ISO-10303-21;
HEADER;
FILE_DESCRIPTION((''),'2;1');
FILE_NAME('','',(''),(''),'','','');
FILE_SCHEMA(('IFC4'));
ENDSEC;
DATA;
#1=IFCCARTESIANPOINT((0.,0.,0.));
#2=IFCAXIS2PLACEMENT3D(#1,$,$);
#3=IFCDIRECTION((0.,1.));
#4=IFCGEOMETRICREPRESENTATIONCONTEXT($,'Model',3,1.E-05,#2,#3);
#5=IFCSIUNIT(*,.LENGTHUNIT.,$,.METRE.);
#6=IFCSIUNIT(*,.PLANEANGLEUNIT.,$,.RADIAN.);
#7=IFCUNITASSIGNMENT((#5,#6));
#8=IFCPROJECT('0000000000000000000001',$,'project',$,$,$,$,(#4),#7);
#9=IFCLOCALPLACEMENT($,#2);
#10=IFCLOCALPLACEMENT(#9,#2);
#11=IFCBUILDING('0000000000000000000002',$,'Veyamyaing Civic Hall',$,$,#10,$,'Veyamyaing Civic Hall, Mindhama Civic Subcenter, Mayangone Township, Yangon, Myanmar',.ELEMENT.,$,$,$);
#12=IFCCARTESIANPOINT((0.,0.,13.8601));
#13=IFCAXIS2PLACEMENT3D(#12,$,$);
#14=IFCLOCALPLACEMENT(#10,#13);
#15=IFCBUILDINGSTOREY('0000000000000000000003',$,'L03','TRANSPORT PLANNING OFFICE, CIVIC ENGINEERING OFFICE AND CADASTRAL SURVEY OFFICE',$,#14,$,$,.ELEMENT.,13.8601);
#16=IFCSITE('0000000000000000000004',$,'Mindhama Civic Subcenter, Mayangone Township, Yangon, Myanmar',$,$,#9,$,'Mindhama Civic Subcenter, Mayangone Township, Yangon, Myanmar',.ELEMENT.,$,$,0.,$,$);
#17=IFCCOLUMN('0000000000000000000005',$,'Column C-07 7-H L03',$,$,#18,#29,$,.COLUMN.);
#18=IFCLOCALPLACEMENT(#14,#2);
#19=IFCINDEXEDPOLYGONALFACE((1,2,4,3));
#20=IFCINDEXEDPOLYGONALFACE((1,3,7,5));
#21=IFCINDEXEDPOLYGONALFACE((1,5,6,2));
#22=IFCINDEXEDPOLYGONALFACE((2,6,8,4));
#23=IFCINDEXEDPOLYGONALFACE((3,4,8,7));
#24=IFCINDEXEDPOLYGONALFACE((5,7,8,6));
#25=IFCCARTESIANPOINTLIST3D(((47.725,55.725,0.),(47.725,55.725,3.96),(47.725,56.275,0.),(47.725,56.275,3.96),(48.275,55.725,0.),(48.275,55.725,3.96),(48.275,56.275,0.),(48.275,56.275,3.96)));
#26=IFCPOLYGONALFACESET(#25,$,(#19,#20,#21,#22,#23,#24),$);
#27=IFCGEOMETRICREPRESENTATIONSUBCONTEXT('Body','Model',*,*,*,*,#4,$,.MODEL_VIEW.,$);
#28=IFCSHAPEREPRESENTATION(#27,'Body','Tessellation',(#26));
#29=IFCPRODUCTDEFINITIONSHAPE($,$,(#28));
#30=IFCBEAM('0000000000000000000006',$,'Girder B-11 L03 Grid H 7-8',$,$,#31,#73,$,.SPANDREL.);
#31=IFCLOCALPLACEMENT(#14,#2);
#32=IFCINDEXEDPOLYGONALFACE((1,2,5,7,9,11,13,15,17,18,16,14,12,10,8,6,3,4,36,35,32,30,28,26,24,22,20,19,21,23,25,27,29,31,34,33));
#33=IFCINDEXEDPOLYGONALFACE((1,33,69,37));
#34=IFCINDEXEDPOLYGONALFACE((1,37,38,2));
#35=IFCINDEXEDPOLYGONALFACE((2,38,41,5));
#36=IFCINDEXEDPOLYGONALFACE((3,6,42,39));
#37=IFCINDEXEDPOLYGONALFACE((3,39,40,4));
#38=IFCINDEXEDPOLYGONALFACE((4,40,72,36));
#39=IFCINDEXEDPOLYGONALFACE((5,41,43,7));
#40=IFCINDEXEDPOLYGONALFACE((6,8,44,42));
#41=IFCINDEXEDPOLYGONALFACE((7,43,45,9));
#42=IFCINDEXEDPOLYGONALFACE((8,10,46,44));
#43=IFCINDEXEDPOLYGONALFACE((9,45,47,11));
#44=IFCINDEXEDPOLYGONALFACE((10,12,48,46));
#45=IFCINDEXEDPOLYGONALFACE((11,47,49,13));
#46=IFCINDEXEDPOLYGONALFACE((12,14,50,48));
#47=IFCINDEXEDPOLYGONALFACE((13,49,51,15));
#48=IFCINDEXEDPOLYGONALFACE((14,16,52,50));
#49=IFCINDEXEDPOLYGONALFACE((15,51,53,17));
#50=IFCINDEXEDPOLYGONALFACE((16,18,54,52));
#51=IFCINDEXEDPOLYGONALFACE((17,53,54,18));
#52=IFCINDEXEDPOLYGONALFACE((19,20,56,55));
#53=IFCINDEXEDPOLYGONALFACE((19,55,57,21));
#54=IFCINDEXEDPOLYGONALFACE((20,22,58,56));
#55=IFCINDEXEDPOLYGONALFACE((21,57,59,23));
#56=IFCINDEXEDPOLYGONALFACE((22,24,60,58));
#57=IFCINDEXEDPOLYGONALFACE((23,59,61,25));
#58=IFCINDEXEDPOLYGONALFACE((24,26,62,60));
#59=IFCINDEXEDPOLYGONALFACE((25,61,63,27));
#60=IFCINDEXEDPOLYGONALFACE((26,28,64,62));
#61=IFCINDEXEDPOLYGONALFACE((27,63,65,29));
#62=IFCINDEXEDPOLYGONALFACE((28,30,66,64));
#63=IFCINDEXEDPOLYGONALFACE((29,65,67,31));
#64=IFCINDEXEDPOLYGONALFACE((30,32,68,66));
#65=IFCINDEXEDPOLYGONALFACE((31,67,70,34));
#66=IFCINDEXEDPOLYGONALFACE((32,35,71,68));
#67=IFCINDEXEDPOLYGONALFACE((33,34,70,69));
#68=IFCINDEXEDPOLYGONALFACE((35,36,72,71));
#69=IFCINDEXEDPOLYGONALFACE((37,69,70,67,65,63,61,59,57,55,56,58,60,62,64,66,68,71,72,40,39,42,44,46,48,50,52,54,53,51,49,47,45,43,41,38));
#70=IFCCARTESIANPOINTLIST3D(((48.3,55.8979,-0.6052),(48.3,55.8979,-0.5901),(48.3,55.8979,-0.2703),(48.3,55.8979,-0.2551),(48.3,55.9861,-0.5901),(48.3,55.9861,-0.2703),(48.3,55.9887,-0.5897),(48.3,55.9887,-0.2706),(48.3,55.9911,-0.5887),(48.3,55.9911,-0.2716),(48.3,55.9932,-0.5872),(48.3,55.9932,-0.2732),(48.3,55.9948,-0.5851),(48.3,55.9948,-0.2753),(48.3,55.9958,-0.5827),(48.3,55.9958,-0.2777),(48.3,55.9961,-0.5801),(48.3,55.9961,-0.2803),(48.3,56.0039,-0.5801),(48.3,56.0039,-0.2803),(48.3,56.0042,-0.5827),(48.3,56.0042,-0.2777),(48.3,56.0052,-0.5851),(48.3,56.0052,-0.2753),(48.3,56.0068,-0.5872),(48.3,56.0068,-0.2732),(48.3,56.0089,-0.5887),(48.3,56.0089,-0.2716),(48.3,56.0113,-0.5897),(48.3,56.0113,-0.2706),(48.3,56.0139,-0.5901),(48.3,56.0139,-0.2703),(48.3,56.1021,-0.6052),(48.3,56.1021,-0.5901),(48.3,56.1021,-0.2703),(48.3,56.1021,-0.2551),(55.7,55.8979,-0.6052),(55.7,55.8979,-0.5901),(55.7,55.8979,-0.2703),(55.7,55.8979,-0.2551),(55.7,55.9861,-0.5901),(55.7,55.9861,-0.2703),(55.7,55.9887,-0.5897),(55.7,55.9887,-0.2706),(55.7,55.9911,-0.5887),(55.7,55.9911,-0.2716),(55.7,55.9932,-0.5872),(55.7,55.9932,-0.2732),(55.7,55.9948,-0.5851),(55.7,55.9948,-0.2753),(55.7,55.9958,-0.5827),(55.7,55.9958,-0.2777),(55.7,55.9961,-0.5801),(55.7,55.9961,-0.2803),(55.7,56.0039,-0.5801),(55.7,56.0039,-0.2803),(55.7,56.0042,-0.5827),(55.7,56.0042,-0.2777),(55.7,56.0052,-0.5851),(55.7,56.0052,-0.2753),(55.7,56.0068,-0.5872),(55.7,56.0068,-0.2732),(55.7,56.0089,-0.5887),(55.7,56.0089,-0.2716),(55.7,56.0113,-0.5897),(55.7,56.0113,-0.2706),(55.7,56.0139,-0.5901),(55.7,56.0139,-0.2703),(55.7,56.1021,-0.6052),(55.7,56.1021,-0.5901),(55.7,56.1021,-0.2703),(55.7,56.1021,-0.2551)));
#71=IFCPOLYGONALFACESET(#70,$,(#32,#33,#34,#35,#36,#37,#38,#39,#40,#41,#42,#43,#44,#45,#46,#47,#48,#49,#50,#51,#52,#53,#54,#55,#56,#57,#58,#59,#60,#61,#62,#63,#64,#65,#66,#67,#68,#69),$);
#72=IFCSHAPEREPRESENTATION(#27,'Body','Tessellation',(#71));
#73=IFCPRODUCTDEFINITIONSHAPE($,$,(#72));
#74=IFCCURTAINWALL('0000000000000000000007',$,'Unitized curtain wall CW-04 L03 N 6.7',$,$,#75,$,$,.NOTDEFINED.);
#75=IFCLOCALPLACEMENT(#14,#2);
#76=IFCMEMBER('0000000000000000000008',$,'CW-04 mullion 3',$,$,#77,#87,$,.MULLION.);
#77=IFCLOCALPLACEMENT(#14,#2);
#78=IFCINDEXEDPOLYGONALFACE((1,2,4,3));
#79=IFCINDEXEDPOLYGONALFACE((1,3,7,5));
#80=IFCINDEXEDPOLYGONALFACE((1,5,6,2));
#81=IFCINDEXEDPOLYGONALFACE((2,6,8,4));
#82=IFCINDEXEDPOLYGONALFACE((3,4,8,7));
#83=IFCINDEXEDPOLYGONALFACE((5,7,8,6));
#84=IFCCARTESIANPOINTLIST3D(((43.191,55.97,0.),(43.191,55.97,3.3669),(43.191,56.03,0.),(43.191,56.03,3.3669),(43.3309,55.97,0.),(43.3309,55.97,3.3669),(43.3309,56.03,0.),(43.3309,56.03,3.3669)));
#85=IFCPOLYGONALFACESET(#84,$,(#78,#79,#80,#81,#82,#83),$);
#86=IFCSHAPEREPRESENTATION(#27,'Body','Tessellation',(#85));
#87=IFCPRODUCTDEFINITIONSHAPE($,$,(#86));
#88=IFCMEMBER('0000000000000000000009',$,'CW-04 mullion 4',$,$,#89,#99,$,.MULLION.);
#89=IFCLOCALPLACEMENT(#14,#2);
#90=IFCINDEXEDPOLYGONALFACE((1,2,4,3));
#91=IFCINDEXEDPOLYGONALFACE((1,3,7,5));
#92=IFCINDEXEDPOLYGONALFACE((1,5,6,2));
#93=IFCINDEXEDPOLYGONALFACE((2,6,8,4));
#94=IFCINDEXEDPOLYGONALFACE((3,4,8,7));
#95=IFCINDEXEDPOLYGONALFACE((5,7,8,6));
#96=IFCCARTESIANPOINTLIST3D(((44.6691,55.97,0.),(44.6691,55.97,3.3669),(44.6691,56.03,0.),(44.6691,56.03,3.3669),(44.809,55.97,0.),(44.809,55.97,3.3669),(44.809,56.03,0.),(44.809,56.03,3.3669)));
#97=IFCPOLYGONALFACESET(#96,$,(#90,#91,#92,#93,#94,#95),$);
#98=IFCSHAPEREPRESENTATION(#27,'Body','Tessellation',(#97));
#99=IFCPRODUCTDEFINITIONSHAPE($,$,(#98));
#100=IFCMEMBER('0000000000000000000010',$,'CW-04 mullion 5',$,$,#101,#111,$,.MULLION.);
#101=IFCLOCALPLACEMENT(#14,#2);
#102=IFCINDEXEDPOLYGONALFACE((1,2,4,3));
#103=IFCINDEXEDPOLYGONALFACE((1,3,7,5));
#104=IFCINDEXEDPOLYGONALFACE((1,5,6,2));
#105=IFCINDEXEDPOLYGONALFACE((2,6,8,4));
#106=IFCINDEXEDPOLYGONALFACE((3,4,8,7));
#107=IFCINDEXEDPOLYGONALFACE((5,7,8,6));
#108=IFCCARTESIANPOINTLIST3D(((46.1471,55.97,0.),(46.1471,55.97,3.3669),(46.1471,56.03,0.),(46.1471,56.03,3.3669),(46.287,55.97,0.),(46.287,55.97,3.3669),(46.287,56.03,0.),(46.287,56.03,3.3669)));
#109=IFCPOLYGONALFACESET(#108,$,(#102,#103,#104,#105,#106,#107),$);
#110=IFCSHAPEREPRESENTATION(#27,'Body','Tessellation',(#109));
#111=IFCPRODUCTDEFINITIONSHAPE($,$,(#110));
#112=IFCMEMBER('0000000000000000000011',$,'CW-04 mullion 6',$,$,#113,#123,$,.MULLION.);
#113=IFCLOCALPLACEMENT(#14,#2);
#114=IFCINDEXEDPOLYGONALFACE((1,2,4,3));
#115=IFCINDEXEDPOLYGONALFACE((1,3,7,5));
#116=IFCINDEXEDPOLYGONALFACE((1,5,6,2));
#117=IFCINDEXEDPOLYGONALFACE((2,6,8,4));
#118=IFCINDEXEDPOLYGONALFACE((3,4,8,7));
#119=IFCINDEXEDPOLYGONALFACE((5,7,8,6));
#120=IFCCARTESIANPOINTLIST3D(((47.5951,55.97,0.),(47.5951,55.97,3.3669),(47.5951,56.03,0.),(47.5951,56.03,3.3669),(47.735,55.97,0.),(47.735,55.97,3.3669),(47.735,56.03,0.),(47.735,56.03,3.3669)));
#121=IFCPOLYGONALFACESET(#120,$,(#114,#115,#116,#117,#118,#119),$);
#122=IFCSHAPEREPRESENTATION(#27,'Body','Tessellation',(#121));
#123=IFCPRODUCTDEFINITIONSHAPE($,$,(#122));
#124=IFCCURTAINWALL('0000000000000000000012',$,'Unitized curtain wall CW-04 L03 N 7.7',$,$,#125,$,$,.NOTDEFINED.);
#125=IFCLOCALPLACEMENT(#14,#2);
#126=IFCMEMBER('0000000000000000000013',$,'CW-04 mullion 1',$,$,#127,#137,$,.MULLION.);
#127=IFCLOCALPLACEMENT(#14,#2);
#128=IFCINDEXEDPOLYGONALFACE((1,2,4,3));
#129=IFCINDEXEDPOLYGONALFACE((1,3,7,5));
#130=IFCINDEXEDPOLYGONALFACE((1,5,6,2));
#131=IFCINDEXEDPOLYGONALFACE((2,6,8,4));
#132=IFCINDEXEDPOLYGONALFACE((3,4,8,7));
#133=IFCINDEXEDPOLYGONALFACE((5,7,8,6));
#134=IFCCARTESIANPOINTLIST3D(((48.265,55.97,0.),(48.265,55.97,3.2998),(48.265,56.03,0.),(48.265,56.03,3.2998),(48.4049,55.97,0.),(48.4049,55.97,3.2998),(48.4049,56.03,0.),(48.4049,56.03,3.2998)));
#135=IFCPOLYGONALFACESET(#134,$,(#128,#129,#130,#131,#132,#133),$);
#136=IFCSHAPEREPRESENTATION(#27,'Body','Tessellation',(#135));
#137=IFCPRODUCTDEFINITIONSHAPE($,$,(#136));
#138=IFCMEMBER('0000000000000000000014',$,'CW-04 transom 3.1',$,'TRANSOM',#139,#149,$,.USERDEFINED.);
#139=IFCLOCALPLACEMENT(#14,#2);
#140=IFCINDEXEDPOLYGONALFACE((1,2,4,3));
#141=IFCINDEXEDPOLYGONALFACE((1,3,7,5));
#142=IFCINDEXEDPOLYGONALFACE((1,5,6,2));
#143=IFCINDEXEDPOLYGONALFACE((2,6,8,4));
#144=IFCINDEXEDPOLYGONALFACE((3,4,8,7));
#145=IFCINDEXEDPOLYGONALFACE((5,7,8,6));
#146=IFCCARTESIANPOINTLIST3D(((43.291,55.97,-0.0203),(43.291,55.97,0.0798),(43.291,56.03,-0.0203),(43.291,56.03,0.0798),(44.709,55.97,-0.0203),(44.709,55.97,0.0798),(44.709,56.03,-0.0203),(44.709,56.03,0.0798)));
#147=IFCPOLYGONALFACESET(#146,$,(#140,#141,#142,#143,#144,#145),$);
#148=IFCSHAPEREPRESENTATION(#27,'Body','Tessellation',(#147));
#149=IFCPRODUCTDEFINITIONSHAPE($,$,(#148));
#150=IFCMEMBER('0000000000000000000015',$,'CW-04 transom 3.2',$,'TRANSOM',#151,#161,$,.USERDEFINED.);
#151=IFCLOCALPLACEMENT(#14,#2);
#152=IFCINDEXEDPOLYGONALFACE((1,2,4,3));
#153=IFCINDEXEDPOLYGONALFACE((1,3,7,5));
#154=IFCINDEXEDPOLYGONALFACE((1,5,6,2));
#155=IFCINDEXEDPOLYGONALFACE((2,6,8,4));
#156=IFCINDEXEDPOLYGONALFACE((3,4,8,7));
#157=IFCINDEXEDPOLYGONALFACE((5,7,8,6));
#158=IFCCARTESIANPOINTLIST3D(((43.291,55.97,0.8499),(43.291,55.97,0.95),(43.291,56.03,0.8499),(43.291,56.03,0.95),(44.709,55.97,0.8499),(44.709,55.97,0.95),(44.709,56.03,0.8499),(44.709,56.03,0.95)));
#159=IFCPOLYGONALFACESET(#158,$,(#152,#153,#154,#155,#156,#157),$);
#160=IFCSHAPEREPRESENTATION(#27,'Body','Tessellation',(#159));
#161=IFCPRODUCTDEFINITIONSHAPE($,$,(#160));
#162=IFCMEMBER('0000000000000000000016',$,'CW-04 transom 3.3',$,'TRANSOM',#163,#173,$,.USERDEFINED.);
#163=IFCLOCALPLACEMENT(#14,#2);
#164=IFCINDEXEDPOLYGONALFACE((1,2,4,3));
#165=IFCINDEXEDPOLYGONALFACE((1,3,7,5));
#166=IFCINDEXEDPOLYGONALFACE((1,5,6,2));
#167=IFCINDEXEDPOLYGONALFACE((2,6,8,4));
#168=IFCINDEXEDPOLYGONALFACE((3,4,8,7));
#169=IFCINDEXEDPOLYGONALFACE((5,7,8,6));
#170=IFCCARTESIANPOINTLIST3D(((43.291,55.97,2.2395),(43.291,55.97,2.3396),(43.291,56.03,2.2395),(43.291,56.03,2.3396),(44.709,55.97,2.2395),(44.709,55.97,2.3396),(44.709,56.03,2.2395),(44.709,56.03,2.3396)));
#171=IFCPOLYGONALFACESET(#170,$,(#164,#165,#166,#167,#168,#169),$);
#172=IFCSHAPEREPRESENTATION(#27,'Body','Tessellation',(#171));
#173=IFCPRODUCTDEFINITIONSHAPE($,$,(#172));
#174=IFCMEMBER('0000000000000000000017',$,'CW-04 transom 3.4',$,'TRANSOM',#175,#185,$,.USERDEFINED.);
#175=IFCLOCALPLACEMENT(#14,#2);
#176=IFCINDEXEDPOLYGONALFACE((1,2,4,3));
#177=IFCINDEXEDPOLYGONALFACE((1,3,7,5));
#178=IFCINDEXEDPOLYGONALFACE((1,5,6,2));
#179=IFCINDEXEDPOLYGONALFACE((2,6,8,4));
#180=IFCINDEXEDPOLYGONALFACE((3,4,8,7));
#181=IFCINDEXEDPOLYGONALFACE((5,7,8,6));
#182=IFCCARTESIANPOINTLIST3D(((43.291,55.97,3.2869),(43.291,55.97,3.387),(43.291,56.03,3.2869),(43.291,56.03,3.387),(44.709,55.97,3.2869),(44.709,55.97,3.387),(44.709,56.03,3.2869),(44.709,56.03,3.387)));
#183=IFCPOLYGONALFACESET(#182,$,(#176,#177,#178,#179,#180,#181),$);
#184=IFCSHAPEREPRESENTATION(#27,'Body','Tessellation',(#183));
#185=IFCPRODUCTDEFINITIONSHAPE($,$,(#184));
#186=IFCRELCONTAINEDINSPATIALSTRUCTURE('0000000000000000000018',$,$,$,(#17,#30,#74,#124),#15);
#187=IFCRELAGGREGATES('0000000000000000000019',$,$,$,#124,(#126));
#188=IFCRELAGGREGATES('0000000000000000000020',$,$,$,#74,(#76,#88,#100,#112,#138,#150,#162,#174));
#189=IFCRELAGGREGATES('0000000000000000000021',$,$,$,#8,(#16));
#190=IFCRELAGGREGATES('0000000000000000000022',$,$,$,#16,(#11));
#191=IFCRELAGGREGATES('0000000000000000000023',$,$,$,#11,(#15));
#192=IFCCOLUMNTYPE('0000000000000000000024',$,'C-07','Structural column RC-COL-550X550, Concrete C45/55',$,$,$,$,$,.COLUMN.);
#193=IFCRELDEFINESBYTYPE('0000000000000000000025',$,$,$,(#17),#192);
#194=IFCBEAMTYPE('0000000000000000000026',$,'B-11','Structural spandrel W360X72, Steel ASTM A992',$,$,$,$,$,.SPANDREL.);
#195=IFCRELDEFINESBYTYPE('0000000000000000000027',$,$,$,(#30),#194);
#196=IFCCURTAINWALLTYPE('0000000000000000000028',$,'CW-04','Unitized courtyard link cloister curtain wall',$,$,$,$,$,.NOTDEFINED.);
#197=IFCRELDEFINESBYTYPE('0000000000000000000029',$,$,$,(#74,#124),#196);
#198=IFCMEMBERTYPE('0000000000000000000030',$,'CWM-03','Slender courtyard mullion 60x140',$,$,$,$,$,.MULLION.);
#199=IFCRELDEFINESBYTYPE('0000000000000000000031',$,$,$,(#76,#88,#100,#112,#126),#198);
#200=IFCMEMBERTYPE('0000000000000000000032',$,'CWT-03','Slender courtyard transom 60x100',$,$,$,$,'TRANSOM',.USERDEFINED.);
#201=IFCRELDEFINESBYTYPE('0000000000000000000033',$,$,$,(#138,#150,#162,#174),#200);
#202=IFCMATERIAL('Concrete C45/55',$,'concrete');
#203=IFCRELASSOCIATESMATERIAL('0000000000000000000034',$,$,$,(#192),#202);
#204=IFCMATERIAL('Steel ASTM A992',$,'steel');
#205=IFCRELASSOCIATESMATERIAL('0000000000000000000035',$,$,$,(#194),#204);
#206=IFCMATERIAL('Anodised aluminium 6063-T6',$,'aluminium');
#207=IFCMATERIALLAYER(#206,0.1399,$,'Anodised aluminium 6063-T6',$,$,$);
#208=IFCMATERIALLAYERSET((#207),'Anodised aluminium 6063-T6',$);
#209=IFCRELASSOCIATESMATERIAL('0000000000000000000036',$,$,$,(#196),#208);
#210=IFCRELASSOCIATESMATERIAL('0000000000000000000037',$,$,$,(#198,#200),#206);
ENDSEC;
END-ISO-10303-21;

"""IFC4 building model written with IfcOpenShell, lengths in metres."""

from ifc_helpers import new_model, si_unit, direction, frame, origin, origin_2d, place, context, subcontext, project, spatial, rectangle, i_section, extrude, material, layer, layer_set, material_profile, profile_set, type_object, element, aggregate, save


model = new_model("IFC4")

# Units and contexts
model_context = context("Model", 3, precision=1e-05, world=origin(), true_north=direction((0.0, 1.0)))
body_context = subcontext(model_context, "Body", "Model", "MODEL_VIEW")
ifc_project = project(units=[si_unit("LENGTHUNIT", "METRE"), si_unit("PLANEANGLEUNIT", "RADIAN")], contexts=[model_context])

# Site, building, storey
site_placement = place(None, origin())
site = spatial("IfcSite", under=ifc_project, at=site_placement, Name="Mindhama Civic Subcenter, Mayangone Township, Yangon, Myanmar", LongName="Mindhama Civic Subcenter, Mayangone Township, Yangon, Myanmar", CompositionType="ELEMENT", RefElevation=0.0)
building_placement = place(site_placement, origin())
building = spatial("IfcBuilding", under=site, at=building_placement, Name="Veyamyaing Civic Hall", LongName="Veyamyaing Civic Hall, Mindhama Civic Subcenter, Mayangone Township, Yangon, Myanmar", CompositionType="ELEMENT")
storey_placement = place(building_placement, frame((0.0, 0.0, 13.8601)))
storey = spatial("IfcBuildingStorey", under=building, at=storey_placement, Name="L03", Description="TRANSPORT PLANNING OFFICE, CIVIC ENGINEERING OFFICE AND CADASTRAL SURVEY OFFICE", CompositionType="ELEMENT", Elevation=13.8601)

# Column
ifc_material_1 = material(Name="Concrete C45/55", Category="concrete")
ifc_material_profile_1 = material_profile(ifc_material_1, rectangle(XDim=0.55, YDim=0.55, at=origin_2d()), Name="RC-COL-550X550")
ifc_profile_set_1 = profile_set([ifc_material_profile_1], Name="Concrete C45/55")
column_type = type_object("IfcColumnType", Name="C-07", Description="Structural column RC-COL-550X550, Concrete C45/55", PredefinedType="COLUMN", material=ifc_profile_set_1)
column_placement = place(storey_placement, frame((48.0, 56.0, 0.0), z_axis=(0.0, 0.0, 1.0), x_axis=(1.0, 0.0, 0.0)))
element("IfcColumn", 1, at=column_placement, inside=storey, type_object=column_type, Name="Column C-07 7-H L03", PredefinedType="COLUMN", context=body_context, shape_type="SweptSolid", body=[
    extrude(rectangle(XDim=0.55, YDim=0.55, at=origin_2d()), origin(), (0.0, 0.0, 1.0), 3.96),
])

# Beam
ifc_material_2 = material(Name="Steel ASTM A992", Category="steel")
ifc_material_profile_2 = material_profile(ifc_material_2, i_section(OverallWidth=0.2041, OverallDepth=0.3501, WebThickness=0.0078, FlangeThickness=0.0151, FilletRadius=0.01, at=origin_2d()), Name="W360X72")
ifc_profile_set_2 = profile_set([ifc_material_profile_2], Name="Steel ASTM A992")
beam_type = type_object("IfcBeamType", Name="B-11", Description="Structural spandrel W360X72, Steel ASTM A992", PredefinedType="SPANDREL", material=ifc_profile_set_2)
beam_placement = place(storey_placement, frame((48.3, 56.0, -0.4302), z_axis=(1.0, 0.0, 0.0), x_axis=(0.0, 1.0, 0.0)))
element("IfcBeam", 2, at=beam_placement, inside=storey, type_object=beam_type, Name="Girder B-11 L03 Grid H 7-8", PredefinedType="SPANDREL", context=body_context, shape_type="SweptSolid", body=[
    extrude(i_section(OverallWidth=0.2041, OverallDepth=0.3501, WebThickness=0.0078, FlangeThickness=0.0151, FilletRadius=0.01, at=origin_2d()), origin(), (0.0, 0.0, 1.0), 7.3999),
])

# Curtain wall, members
ifc_material_3 = material(Name="Anodised aluminium 6063-T6", Category="aluminium")
ifc_layer_1 = layer(ifc_material_3, 0.1399, Name="Anodised aluminium 6063-T6")
ifc_layer_set_1 = layer_set([ifc_layer_1], Name="Anodised aluminium 6063-T6")
curtain_wall_type = type_object("IfcCurtainWallType", Name="CW-04", Description="Unitized courtyard link cloister curtain wall", PredefinedType="NOTDEFINED", material=ifc_layer_set_1)
curtain_wall_1_placement = place(storey_placement, origin())
curtain_wall_1 = element("IfcCurtainWall", 3, at=curtain_wall_1_placement, inside=storey, type_object=curtain_wall_type, Name="Unitized curtain wall CW-04 L03 N 6.7", PredefinedType="NOTDEFINED")
ifc_material_profile_3 = material_profile(ifc_material_3, rectangle(XDim=0.0601, YDim=0.1399, at=origin_2d()), Name="ALU-MUL-60X140")
ifc_profile_set_3 = profile_set([ifc_material_profile_3], Name="Anodised aluminium 6063-T6")
member_type_1 = type_object("IfcMemberType", Name="CWM-03", Description="Slender courtyard mullion 60x140", PredefinedType="MULLION", material=ifc_profile_set_3)
member_1_placement = place(storey_placement, frame((43.261, 56.0, 0.0), z_axis=(0.0, 0.0, 1.0), x_axis=(0.0, 1.0, 0.0)))
member_1 = element("IfcMember", 4, at=member_1_placement, type_object=member_type_1, Name="CW-04 mullion 3", PredefinedType="MULLION", context=body_context, shape_type="SweptSolid", body=[
    extrude(rectangle(XDim=0.0601, YDim=0.1399, at=origin_2d()), origin(), (0.0, 0.0, 1.0), 3.3669),
])
member_2_placement = place(storey_placement, frame((44.739, 56.0, 0.0), z_axis=(0.0, 0.0, 1.0), x_axis=(0.0, 1.0, 0.0)))
member_2 = element("IfcMember", 5, at=member_2_placement, type_object=member_type_1, Name="CW-04 mullion 4", PredefinedType="MULLION", context=body_context, shape_type="SweptSolid", body=[
    extrude(rectangle(XDim=0.0601, YDim=0.1399, at=origin_2d()), origin(), (0.0, 0.0, 1.0), 3.3669),
])
member_3_placement = place(storey_placement, frame((46.217, 56.0, 0.0), z_axis=(0.0, 0.0, 1.0), x_axis=(0.0, 1.0, 0.0)))
member_3 = element("IfcMember", 6, at=member_3_placement, type_object=member_type_1, Name="CW-04 mullion 5", PredefinedType="MULLION", context=body_context, shape_type="SweptSolid", body=[
    extrude(rectangle(XDim=0.0601, YDim=0.1399, at=origin_2d()), origin(), (0.0, 0.0, 1.0), 3.3669),
])
member_4_placement = place(storey_placement, frame((47.665, 56.0, 0.0), z_axis=(0.0, 0.0, 1.0), x_axis=(0.0, 1.0, 0.0)))
member_4 = element("IfcMember", 7, at=member_4_placement, type_object=member_type_1, Name="CW-04 mullion 6", PredefinedType="MULLION", context=body_context, shape_type="SweptSolid", body=[
    extrude(rectangle(XDim=0.0601, YDim=0.1399, at=origin_2d()), origin(), (0.0, 0.0, 1.0), 3.3669),
])

# Curtain wall, member
curtain_wall_2_placement = place(storey_placement, origin())
curtain_wall_2 = element("IfcCurtainWall", 8, at=curtain_wall_2_placement, inside=storey, type_object=curtain_wall_type, Name="Unitized curtain wall CW-04 L03 N 7.7", PredefinedType="NOTDEFINED")
member_5_placement = place(storey_placement, frame((48.335, 56.0, 0.0), z_axis=(0.0, 0.0, 1.0), x_axis=(0.0, 1.0, 0.0)))
member_5 = element("IfcMember", 9, at=member_5_placement, type_object=member_type_1, Name="CW-04 mullion 1", PredefinedType="MULLION", context=body_context, shape_type="SweptSolid", body=[
    extrude(rectangle(XDim=0.0601, YDim=0.1399, at=origin_2d()), origin(), (0.0, 0.0, 1.0), 3.2998),
])

# Members
ifc_material_profile_4 = material_profile(ifc_material_3, rectangle(XDim=0.0601, YDim=0.1001, at=origin_2d()), Name="ALU-TRN-60X100")
ifc_profile_set_4 = profile_set([ifc_material_profile_4], Name="Anodised aluminium 6063-T6")
member_type_2 = type_object("IfcMemberType", Name="CWT-03", Description="Slender courtyard transom 60x100", ElementType="TRANSOM", PredefinedType="USERDEFINED", material=ifc_profile_set_4)
member_6_placement = place(storey_placement, frame((43.291, 56.0, 0.0298), z_axis=(1.0, 0.0, 0.0), x_axis=(0.0, 1.0, 0.0)))
member_6 = element("IfcMember", 10, at=member_6_placement, type_object=member_type_2, Name="CW-04 transom 3.1", ObjectType="TRANSOM", PredefinedType="USERDEFINED", context=body_context, shape_type="SweptSolid", body=[
    extrude(rectangle(XDim=0.0601, YDim=0.1001, at=origin_2d()), origin(), (0.0, 0.0, 1.0), 1.418),
])
member_7_placement = place(storey_placement, frame((43.291, 56.0, 0.8999), z_axis=(1.0, 0.0, 0.0), x_axis=(0.0, 1.0, 0.0)))
member_7 = element("IfcMember", 11, at=member_7_placement, type_object=member_type_2, Name="CW-04 transom 3.2", ObjectType="TRANSOM", PredefinedType="USERDEFINED", context=body_context, shape_type="SweptSolid", body=[
    extrude(rectangle(XDim=0.0601, YDim=0.1001, at=origin_2d()), origin(), (0.0, 0.0, 1.0), 1.418),
])
member_8_placement = place(storey_placement, frame((43.291, 56.0, 2.2896), z_axis=(1.0, 0.0, 0.0), x_axis=(0.0, 1.0, 0.0)))
member_8 = element("IfcMember", 12, at=member_8_placement, type_object=member_type_2, Name="CW-04 transom 3.3", ObjectType="TRANSOM", PredefinedType="USERDEFINED", context=body_context, shape_type="SweptSolid", body=[
    extrude(rectangle(XDim=0.0601, YDim=0.1001, at=origin_2d()), origin(), (0.0, 0.0, 1.0), 1.418),
])
member_9_placement = place(storey_placement, frame((43.291, 56.0, 3.3369), z_axis=(1.0, 0.0, 0.0), x_axis=(0.0, 1.0, 0.0)))
member_9 = element("IfcMember", 13, at=member_9_placement, type_object=member_type_2, Name="CW-04 transom 3.4", ObjectType="TRANSOM", PredefinedType="USERDEFINED", context=body_context, shape_type="SweptSolid", body=[
    extrude(rectangle(XDim=0.0601, YDim=0.1001, at=origin_2d()), origin(), (0.0, 0.0, 1.0), 1.418),
])
aggregate(curtain_wall_2, [member_5])

aggregate(curtain_wall_1, [member_1, member_2, member_3, member_4, member_6, member_7, member_8, member_9])

save(model, "model.ifc")
